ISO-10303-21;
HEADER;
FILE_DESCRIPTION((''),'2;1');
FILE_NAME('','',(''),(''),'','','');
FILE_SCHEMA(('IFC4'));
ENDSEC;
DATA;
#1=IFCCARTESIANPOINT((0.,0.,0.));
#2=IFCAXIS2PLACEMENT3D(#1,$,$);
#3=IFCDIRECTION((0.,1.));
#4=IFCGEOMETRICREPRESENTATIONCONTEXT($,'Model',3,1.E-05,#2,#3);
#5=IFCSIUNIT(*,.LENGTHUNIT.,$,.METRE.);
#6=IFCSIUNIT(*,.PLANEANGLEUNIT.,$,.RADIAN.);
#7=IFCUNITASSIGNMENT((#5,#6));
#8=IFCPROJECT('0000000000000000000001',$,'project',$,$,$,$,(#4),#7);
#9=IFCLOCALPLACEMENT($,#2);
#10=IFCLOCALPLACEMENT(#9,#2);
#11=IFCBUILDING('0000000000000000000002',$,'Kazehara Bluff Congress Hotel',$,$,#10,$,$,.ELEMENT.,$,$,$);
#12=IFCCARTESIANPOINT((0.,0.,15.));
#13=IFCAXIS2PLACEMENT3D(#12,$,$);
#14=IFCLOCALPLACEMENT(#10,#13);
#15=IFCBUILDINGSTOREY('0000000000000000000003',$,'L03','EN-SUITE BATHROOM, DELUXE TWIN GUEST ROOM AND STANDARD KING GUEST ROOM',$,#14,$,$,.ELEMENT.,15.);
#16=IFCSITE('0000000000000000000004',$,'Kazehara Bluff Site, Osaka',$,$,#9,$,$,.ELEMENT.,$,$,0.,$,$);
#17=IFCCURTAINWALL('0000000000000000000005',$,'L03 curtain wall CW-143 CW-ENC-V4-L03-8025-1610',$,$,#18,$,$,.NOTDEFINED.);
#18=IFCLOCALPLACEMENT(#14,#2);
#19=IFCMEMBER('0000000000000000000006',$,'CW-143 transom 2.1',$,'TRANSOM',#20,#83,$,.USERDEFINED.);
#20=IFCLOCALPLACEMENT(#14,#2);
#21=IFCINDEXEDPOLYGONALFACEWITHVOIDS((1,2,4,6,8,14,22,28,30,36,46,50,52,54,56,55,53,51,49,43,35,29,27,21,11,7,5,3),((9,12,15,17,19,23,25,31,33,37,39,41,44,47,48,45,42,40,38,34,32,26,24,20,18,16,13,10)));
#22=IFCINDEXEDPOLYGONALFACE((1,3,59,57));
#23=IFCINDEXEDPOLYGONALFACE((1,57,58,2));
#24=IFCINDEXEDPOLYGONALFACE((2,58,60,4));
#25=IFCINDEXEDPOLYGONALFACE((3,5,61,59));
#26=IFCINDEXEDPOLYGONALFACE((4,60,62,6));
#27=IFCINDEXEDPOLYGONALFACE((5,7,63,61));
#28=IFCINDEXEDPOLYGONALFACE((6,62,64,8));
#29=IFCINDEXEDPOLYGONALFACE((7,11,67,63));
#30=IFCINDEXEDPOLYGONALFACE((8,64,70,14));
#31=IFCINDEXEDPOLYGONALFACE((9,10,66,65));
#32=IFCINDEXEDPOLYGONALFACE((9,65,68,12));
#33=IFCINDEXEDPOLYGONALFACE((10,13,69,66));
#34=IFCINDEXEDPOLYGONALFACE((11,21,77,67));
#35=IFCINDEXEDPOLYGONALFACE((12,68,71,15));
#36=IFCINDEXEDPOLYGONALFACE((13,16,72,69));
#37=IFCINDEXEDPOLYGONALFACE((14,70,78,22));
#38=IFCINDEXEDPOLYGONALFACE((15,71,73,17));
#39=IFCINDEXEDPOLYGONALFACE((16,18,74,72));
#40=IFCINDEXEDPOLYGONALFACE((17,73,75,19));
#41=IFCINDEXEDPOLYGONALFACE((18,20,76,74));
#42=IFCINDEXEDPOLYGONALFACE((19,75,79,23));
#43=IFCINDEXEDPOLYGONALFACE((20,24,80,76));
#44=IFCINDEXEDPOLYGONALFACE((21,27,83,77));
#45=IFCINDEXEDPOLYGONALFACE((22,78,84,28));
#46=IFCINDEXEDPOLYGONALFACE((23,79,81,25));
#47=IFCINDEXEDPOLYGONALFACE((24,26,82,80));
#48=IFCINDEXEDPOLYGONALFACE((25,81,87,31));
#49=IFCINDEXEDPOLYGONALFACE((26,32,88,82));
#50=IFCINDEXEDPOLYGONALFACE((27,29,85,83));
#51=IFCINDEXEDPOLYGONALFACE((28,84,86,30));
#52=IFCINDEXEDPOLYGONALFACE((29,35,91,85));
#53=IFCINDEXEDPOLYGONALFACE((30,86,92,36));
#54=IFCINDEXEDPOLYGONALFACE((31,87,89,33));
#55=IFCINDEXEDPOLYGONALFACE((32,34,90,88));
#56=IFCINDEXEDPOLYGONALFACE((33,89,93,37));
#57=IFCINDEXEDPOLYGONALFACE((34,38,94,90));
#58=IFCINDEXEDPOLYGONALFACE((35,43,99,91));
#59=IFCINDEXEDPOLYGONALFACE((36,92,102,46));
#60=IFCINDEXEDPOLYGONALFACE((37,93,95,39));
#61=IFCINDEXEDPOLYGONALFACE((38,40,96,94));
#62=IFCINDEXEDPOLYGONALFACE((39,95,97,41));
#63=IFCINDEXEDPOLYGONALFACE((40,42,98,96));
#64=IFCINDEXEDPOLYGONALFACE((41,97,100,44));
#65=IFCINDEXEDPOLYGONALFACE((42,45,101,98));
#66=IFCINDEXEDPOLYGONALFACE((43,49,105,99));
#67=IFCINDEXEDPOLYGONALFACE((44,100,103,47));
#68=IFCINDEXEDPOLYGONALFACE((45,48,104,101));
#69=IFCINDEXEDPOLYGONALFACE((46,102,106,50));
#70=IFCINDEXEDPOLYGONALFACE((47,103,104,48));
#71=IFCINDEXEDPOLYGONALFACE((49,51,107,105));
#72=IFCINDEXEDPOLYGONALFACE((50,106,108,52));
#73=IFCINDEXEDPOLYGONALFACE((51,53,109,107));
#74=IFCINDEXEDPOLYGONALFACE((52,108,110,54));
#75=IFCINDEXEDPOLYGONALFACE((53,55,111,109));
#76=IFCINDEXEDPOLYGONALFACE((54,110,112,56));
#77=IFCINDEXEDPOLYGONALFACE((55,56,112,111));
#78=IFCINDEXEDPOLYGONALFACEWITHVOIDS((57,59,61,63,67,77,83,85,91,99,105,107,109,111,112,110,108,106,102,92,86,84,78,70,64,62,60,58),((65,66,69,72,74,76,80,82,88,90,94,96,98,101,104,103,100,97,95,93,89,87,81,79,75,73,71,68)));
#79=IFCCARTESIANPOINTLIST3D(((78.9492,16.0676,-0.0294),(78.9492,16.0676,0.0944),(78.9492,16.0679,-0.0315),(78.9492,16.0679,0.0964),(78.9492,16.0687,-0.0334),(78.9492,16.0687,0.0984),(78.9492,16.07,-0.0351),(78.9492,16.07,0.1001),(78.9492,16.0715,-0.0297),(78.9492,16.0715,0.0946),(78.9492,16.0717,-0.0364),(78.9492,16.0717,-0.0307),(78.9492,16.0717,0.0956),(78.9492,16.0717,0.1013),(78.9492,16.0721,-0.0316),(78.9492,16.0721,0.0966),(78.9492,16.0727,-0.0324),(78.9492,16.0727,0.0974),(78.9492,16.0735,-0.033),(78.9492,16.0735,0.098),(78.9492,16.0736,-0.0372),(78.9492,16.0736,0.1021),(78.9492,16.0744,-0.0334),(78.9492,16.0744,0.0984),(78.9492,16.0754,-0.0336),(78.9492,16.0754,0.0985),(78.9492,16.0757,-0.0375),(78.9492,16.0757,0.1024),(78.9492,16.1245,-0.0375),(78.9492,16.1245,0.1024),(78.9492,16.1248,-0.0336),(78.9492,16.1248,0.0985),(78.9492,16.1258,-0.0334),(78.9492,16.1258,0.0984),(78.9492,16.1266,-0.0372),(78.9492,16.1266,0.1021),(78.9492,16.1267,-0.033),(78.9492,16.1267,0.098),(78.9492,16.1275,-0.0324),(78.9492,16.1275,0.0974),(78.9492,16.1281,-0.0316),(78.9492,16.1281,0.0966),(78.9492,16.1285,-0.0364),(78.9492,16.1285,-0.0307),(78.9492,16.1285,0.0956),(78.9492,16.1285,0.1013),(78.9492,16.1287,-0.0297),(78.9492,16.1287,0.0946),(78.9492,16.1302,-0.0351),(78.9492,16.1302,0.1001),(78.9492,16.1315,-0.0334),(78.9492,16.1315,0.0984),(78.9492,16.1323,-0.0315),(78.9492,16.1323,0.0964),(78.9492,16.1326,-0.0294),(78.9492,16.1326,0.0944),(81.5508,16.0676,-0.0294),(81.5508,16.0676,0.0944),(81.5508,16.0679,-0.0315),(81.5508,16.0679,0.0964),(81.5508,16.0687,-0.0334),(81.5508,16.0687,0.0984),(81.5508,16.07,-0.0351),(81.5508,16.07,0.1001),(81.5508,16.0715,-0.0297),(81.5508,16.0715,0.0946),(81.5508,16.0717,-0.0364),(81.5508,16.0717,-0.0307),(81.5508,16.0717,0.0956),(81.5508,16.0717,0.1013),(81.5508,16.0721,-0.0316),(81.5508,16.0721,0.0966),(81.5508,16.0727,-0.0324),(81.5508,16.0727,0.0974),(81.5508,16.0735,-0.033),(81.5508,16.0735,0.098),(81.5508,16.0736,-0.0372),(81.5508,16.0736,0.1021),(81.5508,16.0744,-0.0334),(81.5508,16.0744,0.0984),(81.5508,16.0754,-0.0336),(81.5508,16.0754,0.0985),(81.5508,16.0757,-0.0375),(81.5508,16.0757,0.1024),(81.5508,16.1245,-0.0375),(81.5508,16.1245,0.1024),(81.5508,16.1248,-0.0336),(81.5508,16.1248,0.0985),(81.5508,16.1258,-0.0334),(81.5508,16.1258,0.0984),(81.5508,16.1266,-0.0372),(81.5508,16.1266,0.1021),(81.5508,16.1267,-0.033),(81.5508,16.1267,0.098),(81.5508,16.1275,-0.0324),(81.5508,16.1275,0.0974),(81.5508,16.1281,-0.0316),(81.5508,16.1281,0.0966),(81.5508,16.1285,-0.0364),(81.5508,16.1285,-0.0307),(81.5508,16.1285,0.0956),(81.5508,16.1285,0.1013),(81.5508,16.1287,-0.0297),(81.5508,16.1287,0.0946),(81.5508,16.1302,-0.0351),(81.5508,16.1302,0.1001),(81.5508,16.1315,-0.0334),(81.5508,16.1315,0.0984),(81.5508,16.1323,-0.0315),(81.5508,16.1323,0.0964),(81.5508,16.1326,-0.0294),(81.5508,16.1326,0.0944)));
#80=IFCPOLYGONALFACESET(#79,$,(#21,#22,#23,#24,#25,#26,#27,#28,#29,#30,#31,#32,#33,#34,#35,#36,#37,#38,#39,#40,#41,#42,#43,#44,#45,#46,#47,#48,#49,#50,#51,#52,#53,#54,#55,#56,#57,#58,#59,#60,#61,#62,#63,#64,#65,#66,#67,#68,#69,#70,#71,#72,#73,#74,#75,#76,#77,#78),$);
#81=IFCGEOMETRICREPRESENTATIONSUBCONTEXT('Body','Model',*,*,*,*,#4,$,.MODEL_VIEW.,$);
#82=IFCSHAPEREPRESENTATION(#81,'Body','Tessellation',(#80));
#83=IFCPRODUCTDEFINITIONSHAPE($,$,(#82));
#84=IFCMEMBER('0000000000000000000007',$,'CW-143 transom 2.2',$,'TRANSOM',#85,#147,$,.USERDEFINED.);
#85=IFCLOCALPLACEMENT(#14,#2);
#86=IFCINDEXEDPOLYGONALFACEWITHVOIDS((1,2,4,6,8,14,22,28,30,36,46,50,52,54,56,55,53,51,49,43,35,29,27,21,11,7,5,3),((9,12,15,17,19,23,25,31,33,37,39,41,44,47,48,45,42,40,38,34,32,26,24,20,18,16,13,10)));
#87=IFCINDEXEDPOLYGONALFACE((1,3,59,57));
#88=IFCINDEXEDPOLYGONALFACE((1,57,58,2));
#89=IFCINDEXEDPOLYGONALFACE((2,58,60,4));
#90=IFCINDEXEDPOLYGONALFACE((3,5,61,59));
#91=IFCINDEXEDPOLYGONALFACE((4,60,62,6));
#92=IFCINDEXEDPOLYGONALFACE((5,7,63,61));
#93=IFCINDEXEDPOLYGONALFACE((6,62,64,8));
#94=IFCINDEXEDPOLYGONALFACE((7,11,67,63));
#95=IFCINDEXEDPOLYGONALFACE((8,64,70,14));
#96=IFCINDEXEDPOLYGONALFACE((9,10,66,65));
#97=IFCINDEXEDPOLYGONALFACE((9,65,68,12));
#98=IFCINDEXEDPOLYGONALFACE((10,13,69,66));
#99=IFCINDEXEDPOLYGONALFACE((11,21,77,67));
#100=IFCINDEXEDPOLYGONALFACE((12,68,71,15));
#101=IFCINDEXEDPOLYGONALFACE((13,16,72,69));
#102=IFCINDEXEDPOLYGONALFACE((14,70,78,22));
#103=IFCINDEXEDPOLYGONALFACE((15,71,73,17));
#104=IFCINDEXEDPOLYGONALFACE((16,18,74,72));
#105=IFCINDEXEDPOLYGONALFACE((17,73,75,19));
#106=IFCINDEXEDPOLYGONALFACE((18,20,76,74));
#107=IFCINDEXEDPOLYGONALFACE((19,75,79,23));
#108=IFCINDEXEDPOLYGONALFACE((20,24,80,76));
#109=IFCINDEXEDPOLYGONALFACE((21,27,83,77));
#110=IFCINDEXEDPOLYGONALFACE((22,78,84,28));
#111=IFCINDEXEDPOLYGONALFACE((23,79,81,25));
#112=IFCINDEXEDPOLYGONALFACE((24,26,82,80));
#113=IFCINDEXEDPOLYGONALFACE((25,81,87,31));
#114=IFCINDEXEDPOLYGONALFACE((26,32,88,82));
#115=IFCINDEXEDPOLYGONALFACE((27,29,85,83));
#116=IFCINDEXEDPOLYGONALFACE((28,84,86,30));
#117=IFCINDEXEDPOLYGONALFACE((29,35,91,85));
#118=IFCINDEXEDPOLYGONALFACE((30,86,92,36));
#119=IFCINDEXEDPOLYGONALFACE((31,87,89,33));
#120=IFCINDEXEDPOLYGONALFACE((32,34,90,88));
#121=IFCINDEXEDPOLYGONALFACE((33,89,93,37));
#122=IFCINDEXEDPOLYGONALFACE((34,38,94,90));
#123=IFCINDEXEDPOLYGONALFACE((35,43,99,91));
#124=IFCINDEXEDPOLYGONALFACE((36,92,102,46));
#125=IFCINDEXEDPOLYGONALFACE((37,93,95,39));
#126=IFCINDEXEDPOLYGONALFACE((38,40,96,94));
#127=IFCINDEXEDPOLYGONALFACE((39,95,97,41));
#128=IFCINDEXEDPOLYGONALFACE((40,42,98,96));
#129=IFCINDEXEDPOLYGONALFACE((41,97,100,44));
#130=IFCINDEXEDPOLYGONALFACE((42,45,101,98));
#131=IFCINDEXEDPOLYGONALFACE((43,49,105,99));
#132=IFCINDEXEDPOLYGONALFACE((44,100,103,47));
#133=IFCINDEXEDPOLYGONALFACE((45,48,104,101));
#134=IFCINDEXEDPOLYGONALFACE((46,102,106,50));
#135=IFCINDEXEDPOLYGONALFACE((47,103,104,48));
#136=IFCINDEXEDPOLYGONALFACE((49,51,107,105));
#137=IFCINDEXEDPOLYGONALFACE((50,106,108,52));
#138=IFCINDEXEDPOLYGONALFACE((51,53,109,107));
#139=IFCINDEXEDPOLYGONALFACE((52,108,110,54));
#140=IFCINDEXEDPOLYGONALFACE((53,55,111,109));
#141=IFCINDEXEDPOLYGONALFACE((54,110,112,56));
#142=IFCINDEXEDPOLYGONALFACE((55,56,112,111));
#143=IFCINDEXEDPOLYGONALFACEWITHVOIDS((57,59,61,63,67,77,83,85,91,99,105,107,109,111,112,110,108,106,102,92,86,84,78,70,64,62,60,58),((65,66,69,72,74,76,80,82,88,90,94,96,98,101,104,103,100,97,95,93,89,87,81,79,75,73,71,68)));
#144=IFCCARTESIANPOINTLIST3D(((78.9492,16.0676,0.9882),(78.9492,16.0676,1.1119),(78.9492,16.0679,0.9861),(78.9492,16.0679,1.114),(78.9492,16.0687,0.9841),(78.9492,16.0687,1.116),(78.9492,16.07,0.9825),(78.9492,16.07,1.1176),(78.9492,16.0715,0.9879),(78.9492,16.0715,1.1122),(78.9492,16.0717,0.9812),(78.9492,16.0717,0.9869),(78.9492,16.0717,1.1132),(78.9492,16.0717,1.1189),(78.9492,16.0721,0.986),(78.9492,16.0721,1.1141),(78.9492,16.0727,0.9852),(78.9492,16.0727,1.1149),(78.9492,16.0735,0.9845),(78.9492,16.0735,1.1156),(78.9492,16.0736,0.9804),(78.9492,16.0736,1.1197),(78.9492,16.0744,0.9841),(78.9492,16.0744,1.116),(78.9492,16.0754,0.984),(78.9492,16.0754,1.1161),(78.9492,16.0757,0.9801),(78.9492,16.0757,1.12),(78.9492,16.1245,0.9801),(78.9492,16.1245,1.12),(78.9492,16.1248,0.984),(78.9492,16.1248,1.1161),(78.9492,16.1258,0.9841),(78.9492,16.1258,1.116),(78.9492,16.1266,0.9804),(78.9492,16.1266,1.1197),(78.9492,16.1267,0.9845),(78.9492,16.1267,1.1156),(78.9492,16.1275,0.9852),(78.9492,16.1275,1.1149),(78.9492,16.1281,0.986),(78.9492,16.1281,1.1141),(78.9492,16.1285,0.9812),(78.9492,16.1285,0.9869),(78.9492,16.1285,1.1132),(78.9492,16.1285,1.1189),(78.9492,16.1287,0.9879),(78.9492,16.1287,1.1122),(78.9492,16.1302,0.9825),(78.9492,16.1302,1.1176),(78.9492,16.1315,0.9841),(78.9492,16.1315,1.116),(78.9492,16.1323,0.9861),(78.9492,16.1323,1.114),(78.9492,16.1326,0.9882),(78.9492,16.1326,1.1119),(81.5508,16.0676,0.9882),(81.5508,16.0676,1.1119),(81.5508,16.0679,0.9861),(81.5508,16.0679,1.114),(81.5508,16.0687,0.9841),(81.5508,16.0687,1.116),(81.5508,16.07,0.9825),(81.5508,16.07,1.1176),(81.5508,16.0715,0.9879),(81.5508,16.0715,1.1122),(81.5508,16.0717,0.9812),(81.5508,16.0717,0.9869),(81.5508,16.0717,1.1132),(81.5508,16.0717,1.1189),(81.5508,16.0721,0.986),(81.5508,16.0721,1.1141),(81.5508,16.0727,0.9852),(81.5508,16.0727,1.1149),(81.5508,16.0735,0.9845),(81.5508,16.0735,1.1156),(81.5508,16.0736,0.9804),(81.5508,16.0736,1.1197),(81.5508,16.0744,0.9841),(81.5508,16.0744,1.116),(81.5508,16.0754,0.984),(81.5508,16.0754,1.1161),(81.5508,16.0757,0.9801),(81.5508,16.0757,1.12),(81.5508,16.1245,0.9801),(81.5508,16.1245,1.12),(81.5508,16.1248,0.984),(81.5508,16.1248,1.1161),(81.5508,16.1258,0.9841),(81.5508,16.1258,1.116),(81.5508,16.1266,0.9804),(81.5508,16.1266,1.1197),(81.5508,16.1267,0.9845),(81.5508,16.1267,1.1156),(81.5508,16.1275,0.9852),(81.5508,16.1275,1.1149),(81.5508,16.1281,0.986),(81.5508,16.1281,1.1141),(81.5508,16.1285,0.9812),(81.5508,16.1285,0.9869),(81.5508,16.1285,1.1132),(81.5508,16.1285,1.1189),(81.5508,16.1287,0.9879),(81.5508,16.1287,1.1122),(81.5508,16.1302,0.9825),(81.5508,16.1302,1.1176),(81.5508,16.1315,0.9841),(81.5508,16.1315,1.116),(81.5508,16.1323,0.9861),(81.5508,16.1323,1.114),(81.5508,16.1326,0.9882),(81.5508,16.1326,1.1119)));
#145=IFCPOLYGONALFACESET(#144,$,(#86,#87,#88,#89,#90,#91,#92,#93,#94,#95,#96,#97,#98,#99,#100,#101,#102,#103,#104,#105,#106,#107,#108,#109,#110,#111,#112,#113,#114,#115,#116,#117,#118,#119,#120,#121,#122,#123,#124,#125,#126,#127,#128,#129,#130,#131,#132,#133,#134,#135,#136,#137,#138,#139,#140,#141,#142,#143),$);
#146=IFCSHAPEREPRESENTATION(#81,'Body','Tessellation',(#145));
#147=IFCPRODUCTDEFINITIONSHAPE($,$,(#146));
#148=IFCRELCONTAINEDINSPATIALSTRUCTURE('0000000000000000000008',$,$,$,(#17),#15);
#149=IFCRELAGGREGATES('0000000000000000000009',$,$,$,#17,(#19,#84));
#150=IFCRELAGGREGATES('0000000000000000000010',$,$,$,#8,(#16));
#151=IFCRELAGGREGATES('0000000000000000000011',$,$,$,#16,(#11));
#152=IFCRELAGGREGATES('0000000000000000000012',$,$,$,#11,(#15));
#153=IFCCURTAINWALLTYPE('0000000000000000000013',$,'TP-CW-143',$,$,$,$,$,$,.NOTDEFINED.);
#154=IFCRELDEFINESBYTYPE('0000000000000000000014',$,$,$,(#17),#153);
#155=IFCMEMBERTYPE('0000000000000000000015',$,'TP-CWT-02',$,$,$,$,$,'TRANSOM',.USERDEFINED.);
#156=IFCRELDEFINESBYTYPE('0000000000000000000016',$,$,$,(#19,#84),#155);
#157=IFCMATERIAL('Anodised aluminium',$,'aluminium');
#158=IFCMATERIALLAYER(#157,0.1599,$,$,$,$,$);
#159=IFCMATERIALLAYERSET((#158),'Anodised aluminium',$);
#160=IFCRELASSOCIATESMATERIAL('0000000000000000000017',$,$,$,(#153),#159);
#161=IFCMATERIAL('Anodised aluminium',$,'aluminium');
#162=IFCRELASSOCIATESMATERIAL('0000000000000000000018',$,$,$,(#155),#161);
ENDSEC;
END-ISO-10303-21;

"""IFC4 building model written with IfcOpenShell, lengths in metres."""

from ifc_helpers import new_model, si_unit, direction, frame, origin, origin_2d, place, context, subcontext, project, spatial, hollow_rectangle, extrude, material, layer, layer_set, material_profile, profile_set, type_object, element, aggregate, save


model = new_model("IFC4")

# Units and contexts
model_context = context("Model", 3, precision=1e-05, world=origin(), true_north=direction((0.0, 1.0)))
body_context = subcontext(model_context, "Body", "Model", "MODEL_VIEW")
ifc_project = project(units=[si_unit("LENGTHUNIT", "METRE"), si_unit("PLANEANGLEUNIT", "RADIAN")], contexts=[model_context])

# Site, building, storey
site_placement = place(None, origin())
site = spatial("IfcSite", under=ifc_project, at=site_placement, Name="Kazehara Bluff Site, Osaka", CompositionType="ELEMENT", RefElevation=0.0)
building_placement = place(site_placement, origin())
building = spatial("IfcBuilding", under=site, at=building_placement, Name="Kazehara Bluff Congress Hotel", CompositionType="ELEMENT")
storey_placement = place(building_placement, frame((0.0, 0.0, 15.0)))
storey = spatial("IfcBuildingStorey", under=building, at=storey_placement, Name="L03", Description="EN-SUITE BATHROOM, DELUXE TWIN GUEST ROOM AND STANDARD KING GUEST ROOM", CompositionType="ELEMENT", Elevation=15.0)

# Curtain wall, members
ifc_material_1 = material(Name="Anodised aluminium", Category="aluminium")
ifc_layer_1 = layer(ifc_material_1, 0.1599)
ifc_layer_set_1 = layer_set([ifc_layer_1], Name="Anodised aluminium")
curtain_wall_type = type_object("IfcCurtainWallType", Name="TP-CW-143", PredefinedType="NOTDEFINED", material=ifc_layer_set_1)
curtain_wall_placement = place(storey_placement, origin())
curtain_wall = element("IfcCurtainWall", 1, at=curtain_wall_placement, inside=storey, type_object=curtain_wall_type, Name="L03 curtain wall CW-143 CW-ENC-V4-L03-8025-1610", PredefinedType="NOTDEFINED")
ifc_material_2 = material(Name="Anodised aluminium", Category="aluminium")
ifc_material_profile_1 = material_profile(ifc_material_2, hollow_rectangle(XDim=0.0649, YDim=0.1399, WallThickness=0.0039, InnerFilletRadius=0.0039, OuterFilletRadius=0.0081, at=origin_2d()))
ifc_profile_set_1 = profile_set([ifc_material_profile_1], Name="Anodised aluminium")
member_type_1 = type_object("IfcMemberType", Name="TP-CWT-02", ElementType="TRANSOM", PredefinedType="USERDEFINED", material=ifc_profile_set_1)
member_1_placement = place(storey_placement, frame((81.5508, 16.1001, 0.0325), z_axis=(-1.0, 0.0, 0.0), x_axis=(0.0, -1.0, 0.0)))
member_1 = element("IfcMember", 2, at=member_1_placement, type_object=member_type_1, Name="CW-143 transom 2.1", ObjectType="TRANSOM", PredefinedType="USERDEFINED", context=body_context, shape_type="SweptSolid", body=[
    extrude(hollow_rectangle(XDim=0.0649, YDim=0.1399, WallThickness=0.0039, InnerFilletRadius=0.0039, OuterFilletRadius=0.0081, at=origin_2d()), origin(), (0.0, 0.0, 1.0), 2.6016),
])
member_2_placement = place(storey_placement, frame((81.5508, 16.1001, 1.05), z_axis=(-1.0, 0.0, 0.0), x_axis=(0.0, -1.0, 0.0)))
member_2 = element("IfcMember", 3, at=member_2_placement, type_object=member_type_1, Name="CW-143 transom 2.2", ObjectType="TRANSOM", PredefinedType="USERDEFINED", context=body_context, shape_type="SweptSolid", body=[
    extrude(hollow_rectangle(XDim=0.0649, YDim=0.1399, WallThickness=0.0039, InnerFilletRadius=0.0039, OuterFilletRadius=0.0081, at=origin_2d()), origin(), (0.0, 0.0, 1.0), 2.6016),
])

aggregate(curtain_wall, [member_1, member_2])

save(model, "model.ifc")
